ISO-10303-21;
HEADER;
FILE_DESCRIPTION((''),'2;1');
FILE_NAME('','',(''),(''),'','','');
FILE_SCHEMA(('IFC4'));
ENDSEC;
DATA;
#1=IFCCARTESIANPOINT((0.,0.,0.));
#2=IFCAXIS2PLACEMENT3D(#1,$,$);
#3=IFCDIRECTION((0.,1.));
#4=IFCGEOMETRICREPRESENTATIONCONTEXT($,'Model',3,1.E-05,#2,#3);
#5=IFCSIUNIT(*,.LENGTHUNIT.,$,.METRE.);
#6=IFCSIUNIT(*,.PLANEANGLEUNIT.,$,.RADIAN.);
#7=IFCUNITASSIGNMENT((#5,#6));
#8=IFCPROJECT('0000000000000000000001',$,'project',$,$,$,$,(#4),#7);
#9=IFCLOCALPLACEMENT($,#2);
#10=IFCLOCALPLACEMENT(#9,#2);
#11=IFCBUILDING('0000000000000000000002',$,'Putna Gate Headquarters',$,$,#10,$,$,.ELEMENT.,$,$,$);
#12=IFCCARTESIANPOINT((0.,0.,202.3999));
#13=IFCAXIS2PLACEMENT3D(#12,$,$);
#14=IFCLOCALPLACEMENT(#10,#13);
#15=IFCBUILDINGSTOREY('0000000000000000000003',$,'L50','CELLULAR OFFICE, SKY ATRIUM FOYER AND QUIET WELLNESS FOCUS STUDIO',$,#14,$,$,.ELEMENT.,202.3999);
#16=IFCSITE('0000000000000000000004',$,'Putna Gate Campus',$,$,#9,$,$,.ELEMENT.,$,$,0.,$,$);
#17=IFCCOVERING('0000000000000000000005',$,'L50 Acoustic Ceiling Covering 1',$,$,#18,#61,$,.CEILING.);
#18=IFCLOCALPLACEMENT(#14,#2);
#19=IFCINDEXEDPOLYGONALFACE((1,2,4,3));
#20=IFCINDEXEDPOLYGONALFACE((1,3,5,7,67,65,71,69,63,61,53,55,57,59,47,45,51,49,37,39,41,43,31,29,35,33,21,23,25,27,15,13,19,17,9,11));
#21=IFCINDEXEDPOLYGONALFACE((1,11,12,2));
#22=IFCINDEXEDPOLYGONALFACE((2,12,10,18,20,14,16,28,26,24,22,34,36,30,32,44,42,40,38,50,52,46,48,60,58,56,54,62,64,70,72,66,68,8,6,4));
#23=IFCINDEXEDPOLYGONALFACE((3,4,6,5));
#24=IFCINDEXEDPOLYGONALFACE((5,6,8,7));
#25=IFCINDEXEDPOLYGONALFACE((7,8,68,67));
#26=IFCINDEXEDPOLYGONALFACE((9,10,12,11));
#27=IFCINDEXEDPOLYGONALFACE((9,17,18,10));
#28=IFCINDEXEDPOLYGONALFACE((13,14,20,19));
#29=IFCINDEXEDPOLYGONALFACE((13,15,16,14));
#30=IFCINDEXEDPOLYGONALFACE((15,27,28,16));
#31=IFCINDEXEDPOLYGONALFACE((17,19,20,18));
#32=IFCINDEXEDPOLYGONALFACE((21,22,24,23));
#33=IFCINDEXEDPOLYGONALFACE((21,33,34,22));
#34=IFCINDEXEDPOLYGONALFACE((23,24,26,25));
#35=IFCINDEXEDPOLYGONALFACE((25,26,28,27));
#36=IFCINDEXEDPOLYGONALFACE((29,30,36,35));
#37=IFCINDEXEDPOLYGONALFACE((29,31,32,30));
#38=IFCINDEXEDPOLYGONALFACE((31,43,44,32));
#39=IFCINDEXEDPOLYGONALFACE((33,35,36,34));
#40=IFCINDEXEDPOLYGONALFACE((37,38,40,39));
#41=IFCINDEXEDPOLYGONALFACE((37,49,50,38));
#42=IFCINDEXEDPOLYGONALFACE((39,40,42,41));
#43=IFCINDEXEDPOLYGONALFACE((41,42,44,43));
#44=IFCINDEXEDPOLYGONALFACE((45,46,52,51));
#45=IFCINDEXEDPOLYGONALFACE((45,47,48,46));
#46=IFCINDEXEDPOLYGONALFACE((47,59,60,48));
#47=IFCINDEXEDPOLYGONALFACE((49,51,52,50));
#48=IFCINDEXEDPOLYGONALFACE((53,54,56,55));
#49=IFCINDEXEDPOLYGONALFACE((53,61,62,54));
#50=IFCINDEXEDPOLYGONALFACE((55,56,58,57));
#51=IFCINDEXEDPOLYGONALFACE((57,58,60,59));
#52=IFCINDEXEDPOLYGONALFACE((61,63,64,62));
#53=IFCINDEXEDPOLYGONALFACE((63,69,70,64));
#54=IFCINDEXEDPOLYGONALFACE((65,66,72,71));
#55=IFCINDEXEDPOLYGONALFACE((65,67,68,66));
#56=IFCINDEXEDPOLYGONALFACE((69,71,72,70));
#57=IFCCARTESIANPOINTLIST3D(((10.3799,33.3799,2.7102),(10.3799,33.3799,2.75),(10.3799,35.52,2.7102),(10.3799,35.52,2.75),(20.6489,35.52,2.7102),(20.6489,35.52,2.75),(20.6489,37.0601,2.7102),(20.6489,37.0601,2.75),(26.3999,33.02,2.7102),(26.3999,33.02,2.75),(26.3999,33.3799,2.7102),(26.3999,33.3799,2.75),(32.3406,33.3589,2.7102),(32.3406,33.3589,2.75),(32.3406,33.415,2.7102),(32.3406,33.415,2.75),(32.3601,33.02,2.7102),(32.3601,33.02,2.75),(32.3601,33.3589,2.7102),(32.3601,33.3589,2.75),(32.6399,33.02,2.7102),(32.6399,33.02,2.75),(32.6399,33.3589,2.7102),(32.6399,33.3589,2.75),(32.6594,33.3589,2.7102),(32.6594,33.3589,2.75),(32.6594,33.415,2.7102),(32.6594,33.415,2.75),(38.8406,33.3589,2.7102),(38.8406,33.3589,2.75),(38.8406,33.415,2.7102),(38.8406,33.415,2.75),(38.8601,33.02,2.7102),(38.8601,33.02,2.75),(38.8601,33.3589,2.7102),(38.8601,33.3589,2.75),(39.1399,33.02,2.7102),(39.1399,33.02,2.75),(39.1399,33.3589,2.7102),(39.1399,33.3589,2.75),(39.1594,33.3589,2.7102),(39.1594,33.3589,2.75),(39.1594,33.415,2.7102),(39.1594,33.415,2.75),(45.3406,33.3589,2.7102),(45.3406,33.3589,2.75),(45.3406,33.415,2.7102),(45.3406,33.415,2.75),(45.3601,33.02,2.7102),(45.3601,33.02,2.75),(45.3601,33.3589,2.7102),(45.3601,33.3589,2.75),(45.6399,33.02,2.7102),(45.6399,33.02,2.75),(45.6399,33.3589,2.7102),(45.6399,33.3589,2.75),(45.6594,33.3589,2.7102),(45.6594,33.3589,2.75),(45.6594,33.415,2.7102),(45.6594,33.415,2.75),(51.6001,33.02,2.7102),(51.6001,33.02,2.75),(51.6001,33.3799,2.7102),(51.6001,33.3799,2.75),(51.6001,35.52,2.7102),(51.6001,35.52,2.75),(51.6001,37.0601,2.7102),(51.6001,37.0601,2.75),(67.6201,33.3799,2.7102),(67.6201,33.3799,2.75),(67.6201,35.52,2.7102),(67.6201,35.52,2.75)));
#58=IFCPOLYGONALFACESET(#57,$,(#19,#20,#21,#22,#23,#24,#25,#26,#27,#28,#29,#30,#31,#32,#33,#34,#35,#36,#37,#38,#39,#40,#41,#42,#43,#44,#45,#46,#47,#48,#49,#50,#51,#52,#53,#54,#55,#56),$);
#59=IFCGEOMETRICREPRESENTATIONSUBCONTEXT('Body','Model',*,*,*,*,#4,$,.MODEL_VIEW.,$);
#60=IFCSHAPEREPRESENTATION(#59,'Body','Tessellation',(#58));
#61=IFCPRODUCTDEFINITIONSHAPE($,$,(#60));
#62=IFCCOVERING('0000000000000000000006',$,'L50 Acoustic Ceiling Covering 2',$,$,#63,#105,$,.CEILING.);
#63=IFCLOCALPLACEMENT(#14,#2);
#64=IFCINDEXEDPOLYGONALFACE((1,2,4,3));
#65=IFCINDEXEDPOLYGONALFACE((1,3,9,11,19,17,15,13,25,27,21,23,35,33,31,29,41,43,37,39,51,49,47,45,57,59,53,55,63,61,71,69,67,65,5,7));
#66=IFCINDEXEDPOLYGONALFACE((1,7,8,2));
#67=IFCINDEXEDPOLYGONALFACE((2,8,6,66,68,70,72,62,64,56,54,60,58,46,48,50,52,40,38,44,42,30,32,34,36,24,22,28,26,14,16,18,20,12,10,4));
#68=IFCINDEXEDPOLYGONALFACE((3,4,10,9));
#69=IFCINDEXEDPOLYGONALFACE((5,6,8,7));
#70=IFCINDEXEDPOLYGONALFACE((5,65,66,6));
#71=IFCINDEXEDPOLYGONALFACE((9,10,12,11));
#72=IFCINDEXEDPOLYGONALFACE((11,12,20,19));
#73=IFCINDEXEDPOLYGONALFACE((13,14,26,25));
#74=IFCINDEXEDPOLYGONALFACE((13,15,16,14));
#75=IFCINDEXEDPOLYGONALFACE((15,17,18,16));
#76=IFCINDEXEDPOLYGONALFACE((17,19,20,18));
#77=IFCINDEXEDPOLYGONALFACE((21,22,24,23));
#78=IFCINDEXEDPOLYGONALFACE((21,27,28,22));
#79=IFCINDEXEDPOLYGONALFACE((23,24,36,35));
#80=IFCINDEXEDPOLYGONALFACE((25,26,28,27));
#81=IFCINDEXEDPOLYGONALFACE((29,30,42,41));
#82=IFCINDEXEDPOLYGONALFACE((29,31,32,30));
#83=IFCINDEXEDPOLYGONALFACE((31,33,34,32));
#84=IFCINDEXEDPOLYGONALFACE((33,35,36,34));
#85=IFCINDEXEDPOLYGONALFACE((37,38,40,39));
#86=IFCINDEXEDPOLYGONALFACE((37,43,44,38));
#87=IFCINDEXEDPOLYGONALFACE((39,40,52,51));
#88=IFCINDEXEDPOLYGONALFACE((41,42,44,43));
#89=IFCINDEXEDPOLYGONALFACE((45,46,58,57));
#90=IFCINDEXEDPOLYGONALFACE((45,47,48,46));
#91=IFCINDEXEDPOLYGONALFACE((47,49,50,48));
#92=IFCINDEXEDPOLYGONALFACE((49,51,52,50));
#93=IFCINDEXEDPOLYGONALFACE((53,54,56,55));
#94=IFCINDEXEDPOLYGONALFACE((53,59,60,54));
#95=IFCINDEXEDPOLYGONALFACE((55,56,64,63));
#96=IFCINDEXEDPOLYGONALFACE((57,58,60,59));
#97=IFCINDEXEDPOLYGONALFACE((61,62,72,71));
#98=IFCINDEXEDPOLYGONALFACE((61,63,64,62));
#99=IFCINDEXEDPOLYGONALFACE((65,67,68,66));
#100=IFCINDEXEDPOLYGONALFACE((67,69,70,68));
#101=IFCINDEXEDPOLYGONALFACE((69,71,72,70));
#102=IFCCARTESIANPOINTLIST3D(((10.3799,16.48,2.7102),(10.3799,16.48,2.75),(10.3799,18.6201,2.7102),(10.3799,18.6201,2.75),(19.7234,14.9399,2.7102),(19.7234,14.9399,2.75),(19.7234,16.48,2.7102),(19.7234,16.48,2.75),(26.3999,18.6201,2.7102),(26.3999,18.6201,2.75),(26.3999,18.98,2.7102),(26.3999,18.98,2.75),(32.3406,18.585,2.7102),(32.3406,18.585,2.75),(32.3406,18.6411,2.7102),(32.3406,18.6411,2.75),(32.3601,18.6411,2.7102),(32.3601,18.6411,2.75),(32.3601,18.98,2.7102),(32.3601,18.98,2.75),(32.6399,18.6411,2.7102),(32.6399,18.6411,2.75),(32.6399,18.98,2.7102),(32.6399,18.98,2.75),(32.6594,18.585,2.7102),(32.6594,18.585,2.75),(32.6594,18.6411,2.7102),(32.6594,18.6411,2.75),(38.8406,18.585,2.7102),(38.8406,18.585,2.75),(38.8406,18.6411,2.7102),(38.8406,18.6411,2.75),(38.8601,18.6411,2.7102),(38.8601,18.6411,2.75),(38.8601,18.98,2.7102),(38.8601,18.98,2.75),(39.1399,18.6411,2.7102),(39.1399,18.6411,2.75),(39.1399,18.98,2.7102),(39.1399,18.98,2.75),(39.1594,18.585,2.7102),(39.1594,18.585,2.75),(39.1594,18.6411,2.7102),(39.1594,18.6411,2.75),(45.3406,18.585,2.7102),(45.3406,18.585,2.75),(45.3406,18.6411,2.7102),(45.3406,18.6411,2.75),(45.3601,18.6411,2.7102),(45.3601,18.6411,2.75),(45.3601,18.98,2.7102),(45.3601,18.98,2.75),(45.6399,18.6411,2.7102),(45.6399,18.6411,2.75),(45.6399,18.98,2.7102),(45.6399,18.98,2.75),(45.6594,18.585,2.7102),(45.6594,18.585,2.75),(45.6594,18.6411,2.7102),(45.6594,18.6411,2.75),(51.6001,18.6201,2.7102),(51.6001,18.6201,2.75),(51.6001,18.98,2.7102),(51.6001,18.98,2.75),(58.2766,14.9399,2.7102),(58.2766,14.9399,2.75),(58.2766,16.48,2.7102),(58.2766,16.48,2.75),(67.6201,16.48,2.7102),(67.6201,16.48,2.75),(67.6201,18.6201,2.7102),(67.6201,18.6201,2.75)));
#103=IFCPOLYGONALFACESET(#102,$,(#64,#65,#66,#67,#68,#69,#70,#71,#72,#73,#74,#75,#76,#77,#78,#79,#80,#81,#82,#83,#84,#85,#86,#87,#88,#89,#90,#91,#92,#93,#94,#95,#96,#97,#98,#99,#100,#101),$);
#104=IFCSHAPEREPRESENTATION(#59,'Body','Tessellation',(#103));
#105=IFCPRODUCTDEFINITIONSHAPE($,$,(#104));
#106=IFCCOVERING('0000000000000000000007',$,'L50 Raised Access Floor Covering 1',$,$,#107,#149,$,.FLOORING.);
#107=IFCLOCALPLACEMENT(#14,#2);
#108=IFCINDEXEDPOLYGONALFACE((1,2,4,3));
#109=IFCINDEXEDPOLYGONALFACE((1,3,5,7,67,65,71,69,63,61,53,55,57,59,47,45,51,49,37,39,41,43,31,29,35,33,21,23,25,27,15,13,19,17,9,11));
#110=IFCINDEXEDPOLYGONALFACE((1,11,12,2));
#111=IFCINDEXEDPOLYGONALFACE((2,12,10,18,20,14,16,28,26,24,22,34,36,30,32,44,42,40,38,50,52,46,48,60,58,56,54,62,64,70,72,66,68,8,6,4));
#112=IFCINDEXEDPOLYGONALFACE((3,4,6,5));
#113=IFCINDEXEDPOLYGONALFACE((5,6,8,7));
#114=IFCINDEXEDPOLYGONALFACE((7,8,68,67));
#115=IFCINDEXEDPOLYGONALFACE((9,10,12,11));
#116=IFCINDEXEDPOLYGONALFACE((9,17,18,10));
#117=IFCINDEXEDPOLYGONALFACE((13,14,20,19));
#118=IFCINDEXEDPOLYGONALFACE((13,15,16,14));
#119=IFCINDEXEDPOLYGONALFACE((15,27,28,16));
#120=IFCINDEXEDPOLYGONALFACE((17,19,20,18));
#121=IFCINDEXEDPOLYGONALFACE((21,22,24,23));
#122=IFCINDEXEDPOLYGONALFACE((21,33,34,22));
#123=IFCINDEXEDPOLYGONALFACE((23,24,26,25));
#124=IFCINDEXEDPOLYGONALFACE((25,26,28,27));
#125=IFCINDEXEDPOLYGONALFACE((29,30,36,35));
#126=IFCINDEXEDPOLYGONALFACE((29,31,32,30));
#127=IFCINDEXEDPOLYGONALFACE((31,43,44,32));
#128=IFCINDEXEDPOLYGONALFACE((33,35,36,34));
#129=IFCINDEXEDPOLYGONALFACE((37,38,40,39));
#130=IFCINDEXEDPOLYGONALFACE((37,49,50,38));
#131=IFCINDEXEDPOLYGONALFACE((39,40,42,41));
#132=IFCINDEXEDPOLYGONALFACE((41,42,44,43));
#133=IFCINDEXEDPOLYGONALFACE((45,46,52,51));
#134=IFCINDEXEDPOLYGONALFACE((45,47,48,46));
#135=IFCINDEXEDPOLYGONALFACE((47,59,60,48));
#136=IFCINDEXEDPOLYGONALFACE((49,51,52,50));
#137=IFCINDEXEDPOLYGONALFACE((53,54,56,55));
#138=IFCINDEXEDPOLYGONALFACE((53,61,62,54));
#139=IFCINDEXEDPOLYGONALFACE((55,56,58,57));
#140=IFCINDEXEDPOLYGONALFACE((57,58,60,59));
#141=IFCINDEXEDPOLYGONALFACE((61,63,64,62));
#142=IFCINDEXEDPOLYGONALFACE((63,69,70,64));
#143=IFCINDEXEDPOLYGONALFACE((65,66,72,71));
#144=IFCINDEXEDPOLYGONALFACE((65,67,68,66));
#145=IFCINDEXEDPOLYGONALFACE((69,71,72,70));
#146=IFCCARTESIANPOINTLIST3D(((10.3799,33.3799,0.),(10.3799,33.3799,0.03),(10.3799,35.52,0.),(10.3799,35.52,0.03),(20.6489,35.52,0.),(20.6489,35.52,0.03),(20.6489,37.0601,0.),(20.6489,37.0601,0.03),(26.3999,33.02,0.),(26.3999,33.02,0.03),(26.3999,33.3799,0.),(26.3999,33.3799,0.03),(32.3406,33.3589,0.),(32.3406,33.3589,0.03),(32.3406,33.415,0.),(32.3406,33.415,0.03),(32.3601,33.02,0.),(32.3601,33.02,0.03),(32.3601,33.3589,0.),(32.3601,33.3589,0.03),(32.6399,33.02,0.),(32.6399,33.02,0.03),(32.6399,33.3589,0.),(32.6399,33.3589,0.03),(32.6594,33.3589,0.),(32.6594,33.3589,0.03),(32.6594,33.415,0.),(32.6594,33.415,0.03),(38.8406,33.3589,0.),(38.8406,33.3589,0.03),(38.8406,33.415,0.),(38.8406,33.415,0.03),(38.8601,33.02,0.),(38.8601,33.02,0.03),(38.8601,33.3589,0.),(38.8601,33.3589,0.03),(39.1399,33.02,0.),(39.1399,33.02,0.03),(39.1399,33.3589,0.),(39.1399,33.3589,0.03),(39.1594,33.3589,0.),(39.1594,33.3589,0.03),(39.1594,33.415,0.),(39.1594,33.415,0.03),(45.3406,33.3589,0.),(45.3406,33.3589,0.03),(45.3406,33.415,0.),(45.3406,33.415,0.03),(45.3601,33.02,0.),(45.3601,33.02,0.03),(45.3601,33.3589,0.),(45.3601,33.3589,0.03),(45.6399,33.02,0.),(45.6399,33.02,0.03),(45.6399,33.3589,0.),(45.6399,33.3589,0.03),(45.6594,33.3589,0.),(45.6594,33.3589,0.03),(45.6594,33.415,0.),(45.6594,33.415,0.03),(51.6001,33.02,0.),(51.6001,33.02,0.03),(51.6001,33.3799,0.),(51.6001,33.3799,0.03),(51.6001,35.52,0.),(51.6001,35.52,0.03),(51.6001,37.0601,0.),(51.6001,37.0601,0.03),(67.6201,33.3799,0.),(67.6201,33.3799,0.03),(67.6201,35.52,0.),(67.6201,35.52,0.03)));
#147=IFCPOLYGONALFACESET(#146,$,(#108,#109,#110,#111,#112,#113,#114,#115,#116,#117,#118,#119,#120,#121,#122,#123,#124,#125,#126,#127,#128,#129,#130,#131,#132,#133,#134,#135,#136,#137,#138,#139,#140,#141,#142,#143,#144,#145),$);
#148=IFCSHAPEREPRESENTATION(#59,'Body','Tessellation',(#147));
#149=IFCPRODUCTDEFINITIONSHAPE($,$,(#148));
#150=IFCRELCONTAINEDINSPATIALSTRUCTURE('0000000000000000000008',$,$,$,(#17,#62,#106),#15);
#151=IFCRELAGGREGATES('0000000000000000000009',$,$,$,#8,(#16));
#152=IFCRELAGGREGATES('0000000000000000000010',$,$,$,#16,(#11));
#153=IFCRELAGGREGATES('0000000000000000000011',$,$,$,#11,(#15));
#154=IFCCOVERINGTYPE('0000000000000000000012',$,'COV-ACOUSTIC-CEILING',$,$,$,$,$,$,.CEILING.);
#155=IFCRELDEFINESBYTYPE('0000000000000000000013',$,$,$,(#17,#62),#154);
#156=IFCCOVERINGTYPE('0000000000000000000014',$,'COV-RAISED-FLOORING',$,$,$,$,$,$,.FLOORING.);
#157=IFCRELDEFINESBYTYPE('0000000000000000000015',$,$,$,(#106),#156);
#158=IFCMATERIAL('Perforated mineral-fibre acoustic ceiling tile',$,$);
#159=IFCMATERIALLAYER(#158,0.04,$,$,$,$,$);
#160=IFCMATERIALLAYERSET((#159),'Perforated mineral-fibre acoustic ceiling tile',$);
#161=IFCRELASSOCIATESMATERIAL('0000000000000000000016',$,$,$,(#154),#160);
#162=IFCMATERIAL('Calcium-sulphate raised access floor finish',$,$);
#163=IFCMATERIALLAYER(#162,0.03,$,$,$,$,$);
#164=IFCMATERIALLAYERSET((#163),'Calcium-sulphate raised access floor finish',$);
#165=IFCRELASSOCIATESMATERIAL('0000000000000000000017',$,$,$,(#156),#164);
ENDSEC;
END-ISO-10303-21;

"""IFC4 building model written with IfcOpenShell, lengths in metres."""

from ifc_helpers import new_model, si_unit, direction, frame, origin, place, context, subcontext, project, spatial, polyline, outline, extrude, material, layer, layer_set, type_object, element, save


model = new_model("IFC4")

# Units and contexts
model_context = context("Model", 3, precision=1e-05, world=origin(), true_north=direction((0.0, 1.0)))
body_context = subcontext(model_context, "Body", "Model", "MODEL_VIEW")
ifc_project = project(units=[si_unit("LENGTHUNIT", "METRE"), si_unit("PLANEANGLEUNIT", "RADIAN")], contexts=[model_context])

# Site, building, storey
site_placement = place(None, origin())
site = spatial("IfcSite", under=ifc_project, at=site_placement, Name="Putna Gate Campus", CompositionType="ELEMENT", RefElevation=0.0)
building_placement = place(site_placement, origin())
building = spatial("IfcBuilding", under=site, at=building_placement, Name="Putna Gate Headquarters", CompositionType="ELEMENT")
storey_placement = place(building_placement, frame((0.0, 0.0, 202.3999)))
storey = spatial("IfcBuildingStorey", under=building, at=storey_placement, Name="L50", Description="CELLULAR OFFICE, SKY ATRIUM FOYER AND QUIET WELLNESS FOCUS STUDIO", CompositionType="ELEMENT", Elevation=202.3999)

# Coverings
ifc_material_1 = material(Name="Perforated mineral-fibre acoustic ceiling tile")
ifc_layer_1 = layer(ifc_material_1, 0.04)
ifc_layer_set_1 = layer_set([ifc_layer_1], Name="Perforated mineral-fibre acoustic ceiling tile")
covering_type_1 = type_object("IfcCoveringType", Name="COV-ACOUSTIC-CEILING", PredefinedType="CEILING", material=ifc_layer_set_1)
covering_1_placement = place(storey_placement, frame((0.0, 0.0, 2.7102)))
element("IfcCovering", 1, at=covering_1_placement, inside=storey, type_object=covering_type_1, Name="L50 Acoustic Ceiling Covering 1", PredefinedType="CEILING", context=body_context, shape_type="SweptSolid", body=[
    extrude(outline(polyline([(45.3601, 33.3589), (45.3406, 33.3589), (45.3406, 33.415), (45.6594, 33.415), (45.6594, 33.3589), (45.6399, 33.3589), (45.6399, 33.02), (51.6001, 33.02), (51.6001, 33.3799), (67.6201, 33.3799), (67.6201, 35.52), (51.6001, 35.52), (51.6001, 37.0601), (20.6489, 37.0601), (20.6489, 35.52), (10.3799, 35.52), (10.3799, 33.3799), (26.3999, 33.3799), (26.3999, 33.02), (32.3601, 33.02), (32.3601, 33.3589), (32.3406, 33.3589), (32.3406, 33.415), (32.6594, 33.415), (32.6594, 33.3589), (32.6399, 33.3589), (32.6399, 33.02), (38.8601, 33.02), (38.8601, 33.3589), (38.8406, 33.3589), (38.8406, 33.415), (39.1594, 33.415), (39.1594, 33.3589), (39.1399, 33.3589), (39.1399, 33.02), (45.3601, 33.02), (45.3601, 33.3589)])), origin(), (0.0, 0.0, 1.0), 0.0398),
])
covering_2_placement = place(storey_placement, frame((0.0, 0.0, 2.7102)))
element("IfcCovering", 2, at=covering_2_placement, inside=storey, type_object=covering_type_1, Name="L50 Acoustic Ceiling Covering 2", PredefinedType="CEILING", context=body_context, shape_type="SweptSolid", body=[
    extrude(outline(polyline([(19.7234, 16.48), (19.7234, 14.9399), (58.2766, 14.9399), (58.2766, 16.48), (67.6201, 16.48), (67.6201, 18.6201), (51.6001, 18.6201), (51.6001, 18.98), (45.6399, 18.98), (45.6399, 18.6411), (45.6594, 18.6411), (45.6594, 18.585), (45.3406, 18.585), (45.3406, 18.6411), (45.3601, 18.6411), (45.3601, 18.98), (39.1399, 18.98), (39.1399, 18.6411), (39.1594, 18.6411), (39.1594, 18.585), (38.8406, 18.585), (38.8406, 18.6411), (38.8601, 18.6411), (38.8601, 18.98), (32.6399, 18.98), (32.6399, 18.6411), (32.6594, 18.6411), (32.6594, 18.585), (32.3406, 18.585), (32.3406, 18.6411), (32.3601, 18.6411), (32.3601, 18.98), (26.3999, 18.98), (26.3999, 18.6201), (10.3799, 18.6201), (10.3799, 16.48), (19.7234, 16.48)])), origin(), (0.0, 0.0, 1.0), 0.0398),
])
ifc_material_2 = material(Name="Calcium-sulphate raised access floor finish")
ifc_layer_2 = layer(ifc_material_2, 0.03)
ifc_layer_set_2 = layer_set([ifc_layer_2], Name="Calcium-sulphate raised access floor finish")
covering_type_2 = type_object("IfcCoveringType", Name="COV-RAISED-FLOORING", PredefinedType="FLOORING", material=ifc_layer_set_2)
covering_3_placement = place(storey_placement, origin())
element("IfcCovering", 3, at=covering_3_placement, inside=storey, type_object=covering_type_2, Name="L50 Raised Access Floor Covering 1", PredefinedType="FLOORING", context=body_context, shape_type="SweptSolid", body=[
    extrude(outline(polyline([(45.3601, 33.3589), (45.3406, 33.3589), (45.3406, 33.415), (45.6594, 33.415), (45.6594, 33.3589), (45.6399, 33.3589), (45.6399, 33.02), (51.6001, 33.02), (51.6001, 33.3799), (67.6201, 33.3799), (67.6201, 35.52), (51.6001, 35.52), (51.6001, 37.0601), (20.6489, 37.0601), (20.6489, 35.52), (10.3799, 35.52), (10.3799, 33.3799), (26.3999, 33.3799), (26.3999, 33.02), (32.3601, 33.02), (32.3601, 33.3589), (32.3406, 33.3589), (32.3406, 33.415), (32.6594, 33.415), (32.6594, 33.3589), (32.6399, 33.3589), (32.6399, 33.02), (38.8601, 33.02), (38.8601, 33.3589), (38.8406, 33.3589), (38.8406, 33.415), (39.1594, 33.415), (39.1594, 33.3589), (39.1399, 33.3589), (39.1399, 33.02), (45.3601, 33.02), (45.3601, 33.3589)])), origin(), (0.0, 0.0, 1.0), 0.03),
])

save(model, "model.ifc")
